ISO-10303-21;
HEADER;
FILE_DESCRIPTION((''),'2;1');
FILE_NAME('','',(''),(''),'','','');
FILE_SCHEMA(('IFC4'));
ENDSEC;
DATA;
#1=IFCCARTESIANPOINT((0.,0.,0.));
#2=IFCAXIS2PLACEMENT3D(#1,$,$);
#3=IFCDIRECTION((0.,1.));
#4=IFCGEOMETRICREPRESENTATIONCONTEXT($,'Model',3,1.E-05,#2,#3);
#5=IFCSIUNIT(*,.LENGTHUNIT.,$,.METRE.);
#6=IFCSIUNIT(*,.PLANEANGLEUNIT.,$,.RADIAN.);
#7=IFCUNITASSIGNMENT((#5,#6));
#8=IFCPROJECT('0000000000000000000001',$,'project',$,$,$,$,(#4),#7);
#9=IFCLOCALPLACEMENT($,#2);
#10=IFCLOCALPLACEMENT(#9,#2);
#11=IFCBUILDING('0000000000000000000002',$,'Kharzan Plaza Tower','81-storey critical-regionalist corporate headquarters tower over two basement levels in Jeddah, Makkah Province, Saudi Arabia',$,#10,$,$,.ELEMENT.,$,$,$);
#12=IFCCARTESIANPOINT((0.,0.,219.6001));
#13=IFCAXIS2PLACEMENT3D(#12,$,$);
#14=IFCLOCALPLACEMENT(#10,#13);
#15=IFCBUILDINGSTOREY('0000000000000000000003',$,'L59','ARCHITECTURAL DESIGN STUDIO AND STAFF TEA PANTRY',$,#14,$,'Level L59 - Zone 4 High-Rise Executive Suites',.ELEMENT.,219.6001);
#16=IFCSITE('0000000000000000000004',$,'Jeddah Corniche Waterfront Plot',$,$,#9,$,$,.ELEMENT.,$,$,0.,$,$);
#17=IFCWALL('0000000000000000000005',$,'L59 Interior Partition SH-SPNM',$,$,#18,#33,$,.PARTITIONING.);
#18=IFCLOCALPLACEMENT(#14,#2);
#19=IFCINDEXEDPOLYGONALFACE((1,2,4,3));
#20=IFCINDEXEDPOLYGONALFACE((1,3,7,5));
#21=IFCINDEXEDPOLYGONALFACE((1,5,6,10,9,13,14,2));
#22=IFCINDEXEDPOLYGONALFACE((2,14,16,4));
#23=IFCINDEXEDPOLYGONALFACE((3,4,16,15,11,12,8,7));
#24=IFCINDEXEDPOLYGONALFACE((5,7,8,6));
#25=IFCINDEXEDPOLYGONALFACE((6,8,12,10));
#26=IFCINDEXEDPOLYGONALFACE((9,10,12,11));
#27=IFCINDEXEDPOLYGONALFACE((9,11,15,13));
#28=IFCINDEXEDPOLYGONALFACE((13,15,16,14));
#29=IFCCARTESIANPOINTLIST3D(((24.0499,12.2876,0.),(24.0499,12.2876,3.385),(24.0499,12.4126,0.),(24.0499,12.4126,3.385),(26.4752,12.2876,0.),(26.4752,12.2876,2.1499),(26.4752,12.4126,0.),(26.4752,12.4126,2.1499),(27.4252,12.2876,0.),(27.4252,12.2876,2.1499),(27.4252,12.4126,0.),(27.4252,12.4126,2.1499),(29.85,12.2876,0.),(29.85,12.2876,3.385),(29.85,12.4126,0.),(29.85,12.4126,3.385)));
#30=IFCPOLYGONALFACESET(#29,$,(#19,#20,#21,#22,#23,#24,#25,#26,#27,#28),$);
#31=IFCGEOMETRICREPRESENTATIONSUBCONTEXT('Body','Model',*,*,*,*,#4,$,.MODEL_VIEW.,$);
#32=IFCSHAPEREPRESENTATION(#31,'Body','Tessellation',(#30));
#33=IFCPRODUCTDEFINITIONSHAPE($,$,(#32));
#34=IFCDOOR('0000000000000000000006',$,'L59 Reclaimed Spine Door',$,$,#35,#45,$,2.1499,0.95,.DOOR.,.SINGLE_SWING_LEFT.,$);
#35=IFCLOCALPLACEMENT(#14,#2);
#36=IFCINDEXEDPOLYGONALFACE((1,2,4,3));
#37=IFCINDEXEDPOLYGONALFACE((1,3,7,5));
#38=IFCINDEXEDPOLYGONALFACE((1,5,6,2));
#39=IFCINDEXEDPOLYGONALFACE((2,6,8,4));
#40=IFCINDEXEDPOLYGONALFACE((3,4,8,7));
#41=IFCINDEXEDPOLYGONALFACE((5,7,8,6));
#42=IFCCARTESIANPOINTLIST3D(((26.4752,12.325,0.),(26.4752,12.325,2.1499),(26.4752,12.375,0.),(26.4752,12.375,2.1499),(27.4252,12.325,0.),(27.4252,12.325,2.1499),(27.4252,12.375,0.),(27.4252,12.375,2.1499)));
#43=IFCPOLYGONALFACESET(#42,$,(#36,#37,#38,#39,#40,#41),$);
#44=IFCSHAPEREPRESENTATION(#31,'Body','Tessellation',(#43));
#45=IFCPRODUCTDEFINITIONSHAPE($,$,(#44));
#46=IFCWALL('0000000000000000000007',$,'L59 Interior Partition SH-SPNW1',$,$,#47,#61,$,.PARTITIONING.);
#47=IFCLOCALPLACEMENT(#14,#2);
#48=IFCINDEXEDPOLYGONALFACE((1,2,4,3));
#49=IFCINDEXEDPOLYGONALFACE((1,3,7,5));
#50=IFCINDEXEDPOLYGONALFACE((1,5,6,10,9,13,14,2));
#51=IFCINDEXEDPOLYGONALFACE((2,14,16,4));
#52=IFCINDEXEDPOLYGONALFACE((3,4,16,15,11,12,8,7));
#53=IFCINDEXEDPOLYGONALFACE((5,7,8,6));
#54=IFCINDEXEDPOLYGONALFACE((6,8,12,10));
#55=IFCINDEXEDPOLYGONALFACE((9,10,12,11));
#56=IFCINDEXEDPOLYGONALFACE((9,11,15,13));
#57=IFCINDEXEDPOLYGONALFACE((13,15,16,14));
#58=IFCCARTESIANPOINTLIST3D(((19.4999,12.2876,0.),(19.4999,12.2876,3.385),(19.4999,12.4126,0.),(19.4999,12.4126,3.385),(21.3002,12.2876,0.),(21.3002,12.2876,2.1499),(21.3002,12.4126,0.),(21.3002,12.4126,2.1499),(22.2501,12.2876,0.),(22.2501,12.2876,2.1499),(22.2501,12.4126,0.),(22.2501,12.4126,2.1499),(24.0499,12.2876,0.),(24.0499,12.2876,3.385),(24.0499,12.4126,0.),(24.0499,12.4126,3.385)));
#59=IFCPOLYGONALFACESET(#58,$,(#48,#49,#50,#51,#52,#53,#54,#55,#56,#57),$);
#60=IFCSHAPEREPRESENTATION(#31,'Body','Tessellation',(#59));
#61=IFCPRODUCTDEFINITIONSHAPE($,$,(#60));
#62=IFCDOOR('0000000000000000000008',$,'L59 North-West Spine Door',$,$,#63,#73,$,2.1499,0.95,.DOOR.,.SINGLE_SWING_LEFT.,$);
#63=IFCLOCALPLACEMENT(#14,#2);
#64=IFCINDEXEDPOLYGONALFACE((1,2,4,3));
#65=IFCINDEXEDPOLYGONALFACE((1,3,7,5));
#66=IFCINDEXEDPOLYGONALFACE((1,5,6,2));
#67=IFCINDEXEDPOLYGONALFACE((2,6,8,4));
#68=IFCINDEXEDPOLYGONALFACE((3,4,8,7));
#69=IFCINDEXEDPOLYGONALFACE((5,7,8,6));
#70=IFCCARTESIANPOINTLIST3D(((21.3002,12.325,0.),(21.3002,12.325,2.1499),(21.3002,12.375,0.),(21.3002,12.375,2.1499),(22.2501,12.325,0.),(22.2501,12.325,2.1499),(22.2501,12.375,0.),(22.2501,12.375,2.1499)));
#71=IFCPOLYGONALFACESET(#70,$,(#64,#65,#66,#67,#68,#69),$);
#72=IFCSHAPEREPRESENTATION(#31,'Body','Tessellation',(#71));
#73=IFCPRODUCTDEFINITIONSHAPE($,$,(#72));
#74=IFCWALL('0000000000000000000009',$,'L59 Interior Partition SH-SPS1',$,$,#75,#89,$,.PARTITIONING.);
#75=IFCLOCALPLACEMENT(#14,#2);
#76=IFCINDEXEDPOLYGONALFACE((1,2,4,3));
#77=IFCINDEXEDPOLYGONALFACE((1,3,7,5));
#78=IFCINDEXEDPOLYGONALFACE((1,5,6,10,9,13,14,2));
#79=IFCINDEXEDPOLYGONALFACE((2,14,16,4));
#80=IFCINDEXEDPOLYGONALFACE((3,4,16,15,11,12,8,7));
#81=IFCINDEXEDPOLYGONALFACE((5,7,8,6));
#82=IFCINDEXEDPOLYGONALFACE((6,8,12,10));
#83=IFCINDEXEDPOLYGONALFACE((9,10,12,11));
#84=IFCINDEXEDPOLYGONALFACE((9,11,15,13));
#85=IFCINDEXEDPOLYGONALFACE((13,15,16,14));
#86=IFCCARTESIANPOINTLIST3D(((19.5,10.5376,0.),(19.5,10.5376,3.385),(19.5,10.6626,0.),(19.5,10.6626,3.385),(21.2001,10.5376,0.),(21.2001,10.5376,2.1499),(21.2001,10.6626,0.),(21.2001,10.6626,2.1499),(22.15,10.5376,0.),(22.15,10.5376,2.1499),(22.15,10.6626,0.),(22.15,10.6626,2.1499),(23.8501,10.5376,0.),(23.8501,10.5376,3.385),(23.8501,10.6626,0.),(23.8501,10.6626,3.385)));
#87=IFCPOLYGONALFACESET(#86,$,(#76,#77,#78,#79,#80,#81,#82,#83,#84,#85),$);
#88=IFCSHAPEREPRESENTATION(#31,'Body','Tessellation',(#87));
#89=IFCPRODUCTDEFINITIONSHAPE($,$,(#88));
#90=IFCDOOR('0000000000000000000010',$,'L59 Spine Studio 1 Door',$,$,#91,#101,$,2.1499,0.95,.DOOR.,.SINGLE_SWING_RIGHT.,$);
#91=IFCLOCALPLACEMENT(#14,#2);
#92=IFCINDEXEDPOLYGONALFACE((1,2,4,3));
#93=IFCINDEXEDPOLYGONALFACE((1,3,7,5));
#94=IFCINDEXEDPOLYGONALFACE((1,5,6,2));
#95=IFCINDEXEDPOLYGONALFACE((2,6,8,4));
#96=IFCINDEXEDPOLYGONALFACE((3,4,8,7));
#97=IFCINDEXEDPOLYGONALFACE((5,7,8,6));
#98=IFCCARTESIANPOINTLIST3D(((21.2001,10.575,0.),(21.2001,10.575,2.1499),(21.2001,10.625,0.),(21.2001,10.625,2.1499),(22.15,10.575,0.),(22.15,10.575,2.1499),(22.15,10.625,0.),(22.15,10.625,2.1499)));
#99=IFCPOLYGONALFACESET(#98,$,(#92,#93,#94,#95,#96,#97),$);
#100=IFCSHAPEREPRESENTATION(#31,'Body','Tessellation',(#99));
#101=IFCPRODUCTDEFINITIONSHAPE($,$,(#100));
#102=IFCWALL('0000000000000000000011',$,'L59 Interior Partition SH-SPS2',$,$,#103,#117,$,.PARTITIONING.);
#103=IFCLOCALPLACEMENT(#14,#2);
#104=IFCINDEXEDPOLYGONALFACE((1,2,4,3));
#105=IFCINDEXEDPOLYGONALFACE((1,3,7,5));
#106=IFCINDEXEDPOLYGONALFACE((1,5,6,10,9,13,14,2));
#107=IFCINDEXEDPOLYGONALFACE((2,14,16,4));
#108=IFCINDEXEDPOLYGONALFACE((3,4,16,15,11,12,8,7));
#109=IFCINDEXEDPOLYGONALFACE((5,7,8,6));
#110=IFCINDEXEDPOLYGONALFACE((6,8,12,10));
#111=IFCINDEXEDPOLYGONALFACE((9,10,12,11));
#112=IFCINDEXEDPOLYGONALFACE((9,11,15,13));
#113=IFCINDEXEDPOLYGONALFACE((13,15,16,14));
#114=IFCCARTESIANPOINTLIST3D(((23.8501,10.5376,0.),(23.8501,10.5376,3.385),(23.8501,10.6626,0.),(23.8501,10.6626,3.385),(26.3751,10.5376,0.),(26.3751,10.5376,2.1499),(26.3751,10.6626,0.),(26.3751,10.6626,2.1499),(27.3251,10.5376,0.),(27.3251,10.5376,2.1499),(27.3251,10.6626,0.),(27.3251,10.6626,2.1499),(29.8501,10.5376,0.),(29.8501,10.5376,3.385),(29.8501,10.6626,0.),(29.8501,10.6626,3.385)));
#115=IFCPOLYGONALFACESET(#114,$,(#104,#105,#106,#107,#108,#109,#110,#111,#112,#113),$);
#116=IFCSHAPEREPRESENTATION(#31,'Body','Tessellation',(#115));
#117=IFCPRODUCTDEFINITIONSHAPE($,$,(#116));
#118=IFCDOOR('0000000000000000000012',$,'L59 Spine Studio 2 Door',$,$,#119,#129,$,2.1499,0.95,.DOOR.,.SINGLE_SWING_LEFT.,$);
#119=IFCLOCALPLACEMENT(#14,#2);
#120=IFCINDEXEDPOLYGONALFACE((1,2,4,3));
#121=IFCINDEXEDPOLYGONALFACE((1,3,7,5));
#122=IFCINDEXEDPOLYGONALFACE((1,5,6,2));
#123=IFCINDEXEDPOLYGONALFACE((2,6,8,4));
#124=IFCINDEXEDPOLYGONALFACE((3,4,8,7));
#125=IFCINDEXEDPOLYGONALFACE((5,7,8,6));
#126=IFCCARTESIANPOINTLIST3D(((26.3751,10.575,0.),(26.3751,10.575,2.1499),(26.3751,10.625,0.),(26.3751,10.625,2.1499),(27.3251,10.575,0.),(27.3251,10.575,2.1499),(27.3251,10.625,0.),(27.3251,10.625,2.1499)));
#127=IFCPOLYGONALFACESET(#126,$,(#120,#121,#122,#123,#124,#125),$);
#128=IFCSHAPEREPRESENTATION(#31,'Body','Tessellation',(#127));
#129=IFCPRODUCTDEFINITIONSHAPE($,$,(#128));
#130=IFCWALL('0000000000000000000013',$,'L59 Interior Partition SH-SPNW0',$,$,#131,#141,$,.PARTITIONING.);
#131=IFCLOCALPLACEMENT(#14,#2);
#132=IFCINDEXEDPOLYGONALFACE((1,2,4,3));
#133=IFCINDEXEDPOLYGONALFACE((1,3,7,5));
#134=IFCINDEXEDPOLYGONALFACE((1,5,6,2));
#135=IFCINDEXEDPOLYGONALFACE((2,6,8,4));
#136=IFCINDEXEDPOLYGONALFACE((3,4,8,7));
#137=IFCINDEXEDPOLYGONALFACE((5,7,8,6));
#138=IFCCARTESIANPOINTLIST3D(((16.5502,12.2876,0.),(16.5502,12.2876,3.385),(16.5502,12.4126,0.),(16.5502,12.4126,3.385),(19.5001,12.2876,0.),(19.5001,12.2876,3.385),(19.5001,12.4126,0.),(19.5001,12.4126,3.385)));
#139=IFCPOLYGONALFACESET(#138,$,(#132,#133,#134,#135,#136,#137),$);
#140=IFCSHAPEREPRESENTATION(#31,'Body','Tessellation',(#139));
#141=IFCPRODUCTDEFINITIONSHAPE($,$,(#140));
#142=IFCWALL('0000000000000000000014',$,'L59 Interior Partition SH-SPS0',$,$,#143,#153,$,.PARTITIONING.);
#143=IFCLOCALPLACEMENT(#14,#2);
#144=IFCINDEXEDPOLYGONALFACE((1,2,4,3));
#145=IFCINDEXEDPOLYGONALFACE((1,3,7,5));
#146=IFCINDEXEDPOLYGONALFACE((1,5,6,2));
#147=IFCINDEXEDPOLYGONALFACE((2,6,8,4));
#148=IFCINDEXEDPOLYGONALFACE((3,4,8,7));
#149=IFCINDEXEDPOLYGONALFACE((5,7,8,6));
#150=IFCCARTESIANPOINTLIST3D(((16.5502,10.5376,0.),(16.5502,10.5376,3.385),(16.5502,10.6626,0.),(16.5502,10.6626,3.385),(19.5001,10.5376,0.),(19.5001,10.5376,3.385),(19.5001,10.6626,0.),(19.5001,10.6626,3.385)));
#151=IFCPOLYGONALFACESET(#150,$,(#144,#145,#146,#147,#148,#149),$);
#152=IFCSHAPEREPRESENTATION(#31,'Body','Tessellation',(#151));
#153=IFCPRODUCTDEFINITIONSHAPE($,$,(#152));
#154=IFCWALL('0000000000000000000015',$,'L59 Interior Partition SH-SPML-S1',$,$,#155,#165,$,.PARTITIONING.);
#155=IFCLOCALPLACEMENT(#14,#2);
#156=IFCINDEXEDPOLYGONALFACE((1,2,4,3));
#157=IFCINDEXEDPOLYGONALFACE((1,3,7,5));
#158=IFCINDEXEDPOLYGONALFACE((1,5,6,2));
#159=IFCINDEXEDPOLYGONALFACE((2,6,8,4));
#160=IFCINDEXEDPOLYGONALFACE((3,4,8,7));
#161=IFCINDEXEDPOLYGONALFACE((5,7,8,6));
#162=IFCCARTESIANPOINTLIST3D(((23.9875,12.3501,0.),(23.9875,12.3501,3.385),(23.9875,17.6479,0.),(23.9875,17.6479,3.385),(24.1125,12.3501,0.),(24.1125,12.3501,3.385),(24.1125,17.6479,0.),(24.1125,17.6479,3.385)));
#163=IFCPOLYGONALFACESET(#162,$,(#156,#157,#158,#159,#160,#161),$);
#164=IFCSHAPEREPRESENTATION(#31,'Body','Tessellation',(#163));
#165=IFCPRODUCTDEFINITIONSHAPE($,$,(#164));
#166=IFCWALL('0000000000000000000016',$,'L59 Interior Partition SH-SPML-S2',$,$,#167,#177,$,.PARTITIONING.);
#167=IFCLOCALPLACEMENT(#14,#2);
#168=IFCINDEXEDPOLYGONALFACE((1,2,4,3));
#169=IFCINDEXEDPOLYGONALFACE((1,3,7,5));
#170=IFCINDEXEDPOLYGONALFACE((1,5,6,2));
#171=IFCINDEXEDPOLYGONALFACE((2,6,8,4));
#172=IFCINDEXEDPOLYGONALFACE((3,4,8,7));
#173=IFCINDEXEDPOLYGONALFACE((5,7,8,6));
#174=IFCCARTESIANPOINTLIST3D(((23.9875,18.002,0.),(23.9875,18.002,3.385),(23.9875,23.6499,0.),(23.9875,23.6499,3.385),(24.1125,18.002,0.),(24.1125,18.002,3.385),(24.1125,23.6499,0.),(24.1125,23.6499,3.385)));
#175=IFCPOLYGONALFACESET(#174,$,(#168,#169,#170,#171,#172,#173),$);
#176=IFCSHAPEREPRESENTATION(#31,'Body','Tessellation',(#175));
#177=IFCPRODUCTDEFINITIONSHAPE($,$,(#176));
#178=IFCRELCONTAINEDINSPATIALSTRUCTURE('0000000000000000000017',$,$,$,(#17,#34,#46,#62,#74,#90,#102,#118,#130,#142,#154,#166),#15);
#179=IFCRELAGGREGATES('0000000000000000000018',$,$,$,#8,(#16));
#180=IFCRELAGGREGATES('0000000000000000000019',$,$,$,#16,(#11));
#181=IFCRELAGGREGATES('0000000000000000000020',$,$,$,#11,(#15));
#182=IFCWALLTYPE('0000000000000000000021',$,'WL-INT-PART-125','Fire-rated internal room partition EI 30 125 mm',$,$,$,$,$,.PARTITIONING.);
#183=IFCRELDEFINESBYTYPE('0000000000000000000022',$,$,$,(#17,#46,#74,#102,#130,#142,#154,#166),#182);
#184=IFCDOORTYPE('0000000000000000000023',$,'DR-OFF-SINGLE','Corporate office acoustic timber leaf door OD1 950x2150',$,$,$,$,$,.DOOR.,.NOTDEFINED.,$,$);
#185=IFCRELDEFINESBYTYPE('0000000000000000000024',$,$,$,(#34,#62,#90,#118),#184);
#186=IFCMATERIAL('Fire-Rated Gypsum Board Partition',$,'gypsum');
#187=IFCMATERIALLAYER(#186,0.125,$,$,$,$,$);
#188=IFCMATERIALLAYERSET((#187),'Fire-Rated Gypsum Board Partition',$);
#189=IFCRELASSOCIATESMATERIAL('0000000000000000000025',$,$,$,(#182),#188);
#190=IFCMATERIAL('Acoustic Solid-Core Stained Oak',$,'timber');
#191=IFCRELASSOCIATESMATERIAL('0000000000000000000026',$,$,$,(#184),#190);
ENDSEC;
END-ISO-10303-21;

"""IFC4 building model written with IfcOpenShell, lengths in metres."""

from ifc_helpers import new_model, si_unit, direction, frame, frame_2d, origin, place, context, subcontext, project, spatial, rectangle, extrude, source, transform, mapped, material, layer, layer_set, type_object, element, fill, save


model = new_model("IFC4")

# Units and contexts
model_context = context("Model", 3, precision=1e-05, world=origin(), true_north=direction((0.0, 1.0)))
body_context = subcontext(model_context, "Body", "Model", "MODEL_VIEW")
ifc_project = project(units=[si_unit("LENGTHUNIT", "METRE"), si_unit("PLANEANGLEUNIT", "RADIAN")], contexts=[model_context])

# Site, building, storey
site_placement = place(None, origin())
site = spatial("IfcSite", under=ifc_project, at=site_placement, Name="Jeddah Corniche Waterfront Plot", CompositionType="ELEMENT", RefElevation=0.0)
building_placement = place(site_placement, origin())
building = spatial("IfcBuilding", under=site, at=building_placement, Name="Kharzan Plaza Tower", Description="81-storey critical-regionalist corporate headquarters tower over two basement levels in Jeddah, Makkah Province, Saudi Arabia", CompositionType="ELEMENT")
storey_placement = place(building_placement, frame((0.0, 0.0, 219.6001)))
storey = spatial("IfcBuildingStorey", under=building, at=storey_placement, Name="L59", Description="ARCHITECTURAL DESIGN STUDIO AND STAFF TEA PANTRY", LongName="Level L59 - Zone 4 High-Rise Executive Suites", CompositionType="ELEMENT", Elevation=219.6001)

# Walls, openings, doors
ifc_material_1 = material(Name="Fire-Rated Gypsum Board Partition", Category="gypsum")
ifc_layer = layer(ifc_material_1, 0.125)
ifc_layer_set = layer_set([ifc_layer], Name="Fire-Rated Gypsum Board Partition")
wall_type = type_object("IfcWallType", Name="WL-INT-PART-125", Description="Fire-rated internal room partition EI 30 125 mm", PredefinedType="PARTITIONING", material=ifc_layer_set)
ifc_material_2 = material(Name="Acoustic Solid-Core Stained Oak", Category="timber")
door_type = type_object("IfcDoorType", Name="DR-OFF-SINGLE", Description="Corporate office acoustic timber leaf door OD1 950x2150", OperationType="NOTDEFINED", PredefinedType="DOOR", material=ifc_material_2)
shared_shape_1 = source(origin(), body_context, "Body", "SweptSolid", [
    extrude(rectangle(XDim=0.95, YDim=2.1499, at=frame_2d((0.4751, 1.075))), frame((0.0, 0.0249, 0.0), z_axis=(0.0, -1.0, 0.0), x_axis=(1.0, 0.0, 0.0)), (0.0, 0.0, 1.0), 0.05),
])
wall_1_placement = place(storey_placement, frame((24.05, 12.3501, 0.0), z_axis=(0.0, 0.0, 1.0), x_axis=(1.0, 0.0, 0.0)))
wall_1 = element("IfcWall", 1, at=wall_1_placement, inside=storey, type_object=wall_type, Name="L59 Interior Partition SH-SPNM", PredefinedType="PARTITIONING", context=body_context, shape_type="SweptSolid", body=[
    extrude(rectangle(XDim=5.8, YDim=0.125, at=frame_2d((2.8999, 0.0))), origin(), (0.0, 0.0, 1.0), 3.385),
])
opening_1_placement = place(wall_1_placement, frame((2.425, 0.0, 0.0)))
opening_1 = element("IfcOpeningElement", 2, at=opening_1_placement, cuts=wall_1, PredefinedType="OPENING", context=body_context, shape_type="SweptSolid", body=[
    extrude(rectangle(XDim=0.95, YDim=2.1499, at=frame_2d((0.4751, 1.075))), frame((0.0, 0.0725, 0.0), z_axis=(0.0, -1.0, 0.0), x_axis=(1.0, 0.0, 0.0)), (0.0, 0.0, 1.0), 0.145),
])
door_1_placement = place(opening_1_placement, origin())
door_1 = element("IfcDoor", 3, at=door_1_placement, inside=storey, type_object=door_type, Name="L59 Reclaimed Spine Door", OperationType="SINGLE_SWING_LEFT", OverallHeight=2.1499, OverallWidth=0.95, PredefinedType="DOOR", context=body_context, shape_type="MappedRepresentation", body=[
    mapped(shared_shape_1, transform((0.0, 0.0, 0.0), x_axis=(1.0, 0.0, 0.0), y_axis=(0.0, 1.0, 0.0), z_axis=(0.0, 0.0, 1.0))),
])
fill(opening_1, door_1)
wall_2_placement = place(storey_placement, frame((19.5, 12.3501, 0.0), z_axis=(0.0, 0.0, 1.0), x_axis=(1.0, 0.0, 0.0)))
wall_2 = element("IfcWall", 4, at=wall_2_placement, inside=storey, type_object=wall_type, Name="L59 Interior Partition SH-SPNW1", PredefinedType="PARTITIONING", context=body_context, shape_type="SweptSolid", body=[
    extrude(rectangle(XDim=4.55, YDim=0.125, at=frame_2d((2.2749, 0.0))), origin(), (0.0, 0.0, 1.0), 3.385),
])
opening_2_placement = place(wall_2_placement, frame((1.8, 0.0, 0.0)))
opening_2 = element("IfcOpeningElement", 5, at=opening_2_placement, cuts=wall_2, PredefinedType="OPENING", context=body_context, shape_type="SweptSolid", body=[
    extrude(rectangle(XDim=0.95, YDim=2.1499, at=frame_2d((0.4751, 1.075))), frame((0.0, 0.0725, 0.0), z_axis=(0.0, -1.0, 0.0), x_axis=(1.0, 0.0, 0.0)), (0.0, 0.0, 1.0), 0.145),
])
door_2_placement = place(opening_2_placement, origin())
door_2 = element("IfcDoor", 6, at=door_2_placement, inside=storey, type_object=door_type, Name="L59 North-West Spine Door", OperationType="SINGLE_SWING_LEFT", OverallHeight=2.1499, OverallWidth=0.95, PredefinedType="DOOR", context=body_context, shape_type="MappedRepresentation", body=[
    mapped(shared_shape_1, transform((0.0, 0.0, 0.0), x_axis=(1.0, 0.0, 0.0), y_axis=(0.0, 1.0, 0.0), z_axis=(0.0, 0.0, 1.0))),
])
fill(opening_2, door_2)
wall_3_placement = place(storey_placement, frame((19.5, 10.6001, 0.0), z_axis=(0.0, 0.0, 1.0), x_axis=(1.0, 0.0, 0.0)))
wall_3 = element("IfcWall", 7, at=wall_3_placement, inside=storey, type_object=wall_type, Name="L59 Interior Partition SH-SPS1", PredefinedType="PARTITIONING", context=body_context, shape_type="SweptSolid", body=[
    extrude(rectangle(XDim=4.3501, YDim=0.125, at=frame_2d((2.175, 0.0))), origin(), (0.0, 0.0, 1.0), 3.385),
])
opening_3_placement = place(wall_3_placement, frame((1.7, 0.0, 0.0)))
opening_3 = element("IfcOpeningElement", 8, at=opening_3_placement, cuts=wall_3, PredefinedType="OPENING", context=body_context, shape_type="SweptSolid", body=[
    extrude(rectangle(XDim=0.95, YDim=2.1499, at=frame_2d((0.4751, 1.075))), frame((0.0, 0.0725, 0.0), z_axis=(0.0, -1.0, 0.0), x_axis=(1.0, 0.0, 0.0)), (0.0, 0.0, 1.0), 0.145),
])
door_3_placement = place(opening_3_placement, origin())
door_3 = element("IfcDoor", 9, at=door_3_placement, inside=storey, type_object=door_type, Name="L59 Spine Studio 1 Door", OperationType="SINGLE_SWING_RIGHT", OverallHeight=2.1499, OverallWidth=0.95, PredefinedType="DOOR", context=body_context, shape_type="MappedRepresentation", body=[
    mapped(shared_shape_1, transform((0.0, 0.0, 0.0), x_axis=(1.0, 0.0, 0.0), y_axis=(0.0, 1.0, 0.0), z_axis=(0.0, 0.0, 1.0))),
])
fill(opening_3, door_3)
wall_4_placement = place(storey_placement, frame((23.8501, 10.6001, 0.0), z_axis=(0.0, 0.0, 1.0), x_axis=(1.0, 0.0, 0.0)))
wall_4 = element("IfcWall", 10, at=wall_4_placement, inside=storey, type_object=wall_type, Name="L59 Interior Partition SH-SPS2", PredefinedType="PARTITIONING", context=body_context, shape_type="SweptSolid", body=[
    extrude(rectangle(XDim=6.0, YDim=0.125, at=frame_2d((3.0, 0.0))), origin(), (0.0, 0.0, 1.0), 3.385),
])
opening_4_placement = place(wall_4_placement, frame((2.5249, 0.0, 0.0)))
opening_4 = element("IfcOpeningElement", 11, at=opening_4_placement, cuts=wall_4, PredefinedType="OPENING", context=body_context, shape_type="SweptSolid", body=[
    extrude(rectangle(XDim=0.95, YDim=2.1499, at=frame_2d((0.4751, 1.075))), frame((0.0, 0.0725, 0.0), z_axis=(0.0, -1.0, 0.0), x_axis=(1.0, 0.0, 0.0)), (0.0, 0.0, 1.0), 0.145),
])
door_4_placement = place(opening_4_placement, origin())
door_4 = element("IfcDoor", 12, at=door_4_placement, inside=storey, type_object=door_type, Name="L59 Spine Studio 2 Door", OperationType="SINGLE_SWING_LEFT", OverallHeight=2.1499, OverallWidth=0.95, PredefinedType="DOOR", context=body_context, shape_type="MappedRepresentation", body=[
    mapped(shared_shape_1, transform((0.0, 0.0, 0.0), x_axis=(1.0, 0.0, 0.0), y_axis=(0.0, 1.0, 0.0), z_axis=(0.0, 0.0, 1.0))),
])
fill(opening_4, door_4)

# Walls
shared_shape_2 = source(origin(), body_context, "Body", "SweptSolid", [
    extrude(rectangle(XDim=2.95, YDim=0.125, at=frame_2d((1.4751, 0.0))), origin(), (0.0, 0.0, 1.0), 3.385),
])
for number, where, z_axis, x_axis, name in (
    (13, (16.55, 12.3501, 0.0), (0.0, 0.0, 1.0), (1.0, 0.0, 0.0), "L59 Interior Partition SH-SPNW0"),
    (14, (16.55, 10.6001, 0.0), (0.0, 0.0, 1.0), (1.0, 0.0, 0.0), "L59 Interior Partition SH-SPS0"),
):
    element("IfcWall", number, at=place(storey_placement, frame(where, z_axis=z_axis, x_axis=x_axis)), inside=storey, type_object=wall_type, Name=name, PredefinedType="PARTITIONING", context=body_context, shape_type="MappedRepresentation", body=[
        mapped(shared_shape_2, transform((0.0, 0.0, 0.0), x_axis=(1.0, 0.0, 0.0), y_axis=(0.0, 1.0, 0.0), z_axis=(0.0, 0.0, 1.0))),
    ])
shared_shape_3 = source(origin(), body_context, "Body", "SweptSolid", [
    extrude(rectangle(XDim=5.2979, YDim=0.125, at=frame_2d((2.6489, 0.0))), origin(), (0.0, 0.0, 1.0), 3.385),
])
wall_5_placement = place(storey_placement, frame((24.05, 12.3501, 0.0), z_axis=(0.0, 0.0, 1.0), x_axis=(0.0, 1.0, 0.0)))
element("IfcWall", 15, at=wall_5_placement, inside=storey, type_object=wall_type, Name="L59 Interior Partition SH-SPML-S1", PredefinedType="PARTITIONING", context=body_context, shape_type="MappedRepresentation", body=[
    mapped(shared_shape_3, transform((0.0, 0.0, 0.0), x_axis=(1.0, 0.0, 0.0), y_axis=(0.0, 1.0, 0.0), z_axis=(0.0, 0.0, 1.0))),
])
shared_shape_4 = source(origin(), body_context, "Body", "SweptSolid", [
    extrude(rectangle(XDim=5.6479, YDim=0.125, at=frame_2d((2.824, 0.0))), origin(), (0.0, 0.0, 1.0), 3.385),
])
wall_6_placement = place(storey_placement, frame((24.05, 18.002, 0.0), z_axis=(0.0, 0.0, 1.0), x_axis=(0.0, 1.0, 0.0)))
element("IfcWall", 16, at=wall_6_placement, inside=storey, type_object=wall_type, Name="L59 Interior Partition SH-SPML-S2", PredefinedType="PARTITIONING", context=body_context, shape_type="MappedRepresentation", body=[
    mapped(shared_shape_4, transform((0.0, 0.0, 0.0), x_axis=(1.0, 0.0, 0.0), y_axis=(0.0, 1.0, 0.0), z_axis=(0.0, 0.0, 1.0))),
])

save(model, "model.ifc")
